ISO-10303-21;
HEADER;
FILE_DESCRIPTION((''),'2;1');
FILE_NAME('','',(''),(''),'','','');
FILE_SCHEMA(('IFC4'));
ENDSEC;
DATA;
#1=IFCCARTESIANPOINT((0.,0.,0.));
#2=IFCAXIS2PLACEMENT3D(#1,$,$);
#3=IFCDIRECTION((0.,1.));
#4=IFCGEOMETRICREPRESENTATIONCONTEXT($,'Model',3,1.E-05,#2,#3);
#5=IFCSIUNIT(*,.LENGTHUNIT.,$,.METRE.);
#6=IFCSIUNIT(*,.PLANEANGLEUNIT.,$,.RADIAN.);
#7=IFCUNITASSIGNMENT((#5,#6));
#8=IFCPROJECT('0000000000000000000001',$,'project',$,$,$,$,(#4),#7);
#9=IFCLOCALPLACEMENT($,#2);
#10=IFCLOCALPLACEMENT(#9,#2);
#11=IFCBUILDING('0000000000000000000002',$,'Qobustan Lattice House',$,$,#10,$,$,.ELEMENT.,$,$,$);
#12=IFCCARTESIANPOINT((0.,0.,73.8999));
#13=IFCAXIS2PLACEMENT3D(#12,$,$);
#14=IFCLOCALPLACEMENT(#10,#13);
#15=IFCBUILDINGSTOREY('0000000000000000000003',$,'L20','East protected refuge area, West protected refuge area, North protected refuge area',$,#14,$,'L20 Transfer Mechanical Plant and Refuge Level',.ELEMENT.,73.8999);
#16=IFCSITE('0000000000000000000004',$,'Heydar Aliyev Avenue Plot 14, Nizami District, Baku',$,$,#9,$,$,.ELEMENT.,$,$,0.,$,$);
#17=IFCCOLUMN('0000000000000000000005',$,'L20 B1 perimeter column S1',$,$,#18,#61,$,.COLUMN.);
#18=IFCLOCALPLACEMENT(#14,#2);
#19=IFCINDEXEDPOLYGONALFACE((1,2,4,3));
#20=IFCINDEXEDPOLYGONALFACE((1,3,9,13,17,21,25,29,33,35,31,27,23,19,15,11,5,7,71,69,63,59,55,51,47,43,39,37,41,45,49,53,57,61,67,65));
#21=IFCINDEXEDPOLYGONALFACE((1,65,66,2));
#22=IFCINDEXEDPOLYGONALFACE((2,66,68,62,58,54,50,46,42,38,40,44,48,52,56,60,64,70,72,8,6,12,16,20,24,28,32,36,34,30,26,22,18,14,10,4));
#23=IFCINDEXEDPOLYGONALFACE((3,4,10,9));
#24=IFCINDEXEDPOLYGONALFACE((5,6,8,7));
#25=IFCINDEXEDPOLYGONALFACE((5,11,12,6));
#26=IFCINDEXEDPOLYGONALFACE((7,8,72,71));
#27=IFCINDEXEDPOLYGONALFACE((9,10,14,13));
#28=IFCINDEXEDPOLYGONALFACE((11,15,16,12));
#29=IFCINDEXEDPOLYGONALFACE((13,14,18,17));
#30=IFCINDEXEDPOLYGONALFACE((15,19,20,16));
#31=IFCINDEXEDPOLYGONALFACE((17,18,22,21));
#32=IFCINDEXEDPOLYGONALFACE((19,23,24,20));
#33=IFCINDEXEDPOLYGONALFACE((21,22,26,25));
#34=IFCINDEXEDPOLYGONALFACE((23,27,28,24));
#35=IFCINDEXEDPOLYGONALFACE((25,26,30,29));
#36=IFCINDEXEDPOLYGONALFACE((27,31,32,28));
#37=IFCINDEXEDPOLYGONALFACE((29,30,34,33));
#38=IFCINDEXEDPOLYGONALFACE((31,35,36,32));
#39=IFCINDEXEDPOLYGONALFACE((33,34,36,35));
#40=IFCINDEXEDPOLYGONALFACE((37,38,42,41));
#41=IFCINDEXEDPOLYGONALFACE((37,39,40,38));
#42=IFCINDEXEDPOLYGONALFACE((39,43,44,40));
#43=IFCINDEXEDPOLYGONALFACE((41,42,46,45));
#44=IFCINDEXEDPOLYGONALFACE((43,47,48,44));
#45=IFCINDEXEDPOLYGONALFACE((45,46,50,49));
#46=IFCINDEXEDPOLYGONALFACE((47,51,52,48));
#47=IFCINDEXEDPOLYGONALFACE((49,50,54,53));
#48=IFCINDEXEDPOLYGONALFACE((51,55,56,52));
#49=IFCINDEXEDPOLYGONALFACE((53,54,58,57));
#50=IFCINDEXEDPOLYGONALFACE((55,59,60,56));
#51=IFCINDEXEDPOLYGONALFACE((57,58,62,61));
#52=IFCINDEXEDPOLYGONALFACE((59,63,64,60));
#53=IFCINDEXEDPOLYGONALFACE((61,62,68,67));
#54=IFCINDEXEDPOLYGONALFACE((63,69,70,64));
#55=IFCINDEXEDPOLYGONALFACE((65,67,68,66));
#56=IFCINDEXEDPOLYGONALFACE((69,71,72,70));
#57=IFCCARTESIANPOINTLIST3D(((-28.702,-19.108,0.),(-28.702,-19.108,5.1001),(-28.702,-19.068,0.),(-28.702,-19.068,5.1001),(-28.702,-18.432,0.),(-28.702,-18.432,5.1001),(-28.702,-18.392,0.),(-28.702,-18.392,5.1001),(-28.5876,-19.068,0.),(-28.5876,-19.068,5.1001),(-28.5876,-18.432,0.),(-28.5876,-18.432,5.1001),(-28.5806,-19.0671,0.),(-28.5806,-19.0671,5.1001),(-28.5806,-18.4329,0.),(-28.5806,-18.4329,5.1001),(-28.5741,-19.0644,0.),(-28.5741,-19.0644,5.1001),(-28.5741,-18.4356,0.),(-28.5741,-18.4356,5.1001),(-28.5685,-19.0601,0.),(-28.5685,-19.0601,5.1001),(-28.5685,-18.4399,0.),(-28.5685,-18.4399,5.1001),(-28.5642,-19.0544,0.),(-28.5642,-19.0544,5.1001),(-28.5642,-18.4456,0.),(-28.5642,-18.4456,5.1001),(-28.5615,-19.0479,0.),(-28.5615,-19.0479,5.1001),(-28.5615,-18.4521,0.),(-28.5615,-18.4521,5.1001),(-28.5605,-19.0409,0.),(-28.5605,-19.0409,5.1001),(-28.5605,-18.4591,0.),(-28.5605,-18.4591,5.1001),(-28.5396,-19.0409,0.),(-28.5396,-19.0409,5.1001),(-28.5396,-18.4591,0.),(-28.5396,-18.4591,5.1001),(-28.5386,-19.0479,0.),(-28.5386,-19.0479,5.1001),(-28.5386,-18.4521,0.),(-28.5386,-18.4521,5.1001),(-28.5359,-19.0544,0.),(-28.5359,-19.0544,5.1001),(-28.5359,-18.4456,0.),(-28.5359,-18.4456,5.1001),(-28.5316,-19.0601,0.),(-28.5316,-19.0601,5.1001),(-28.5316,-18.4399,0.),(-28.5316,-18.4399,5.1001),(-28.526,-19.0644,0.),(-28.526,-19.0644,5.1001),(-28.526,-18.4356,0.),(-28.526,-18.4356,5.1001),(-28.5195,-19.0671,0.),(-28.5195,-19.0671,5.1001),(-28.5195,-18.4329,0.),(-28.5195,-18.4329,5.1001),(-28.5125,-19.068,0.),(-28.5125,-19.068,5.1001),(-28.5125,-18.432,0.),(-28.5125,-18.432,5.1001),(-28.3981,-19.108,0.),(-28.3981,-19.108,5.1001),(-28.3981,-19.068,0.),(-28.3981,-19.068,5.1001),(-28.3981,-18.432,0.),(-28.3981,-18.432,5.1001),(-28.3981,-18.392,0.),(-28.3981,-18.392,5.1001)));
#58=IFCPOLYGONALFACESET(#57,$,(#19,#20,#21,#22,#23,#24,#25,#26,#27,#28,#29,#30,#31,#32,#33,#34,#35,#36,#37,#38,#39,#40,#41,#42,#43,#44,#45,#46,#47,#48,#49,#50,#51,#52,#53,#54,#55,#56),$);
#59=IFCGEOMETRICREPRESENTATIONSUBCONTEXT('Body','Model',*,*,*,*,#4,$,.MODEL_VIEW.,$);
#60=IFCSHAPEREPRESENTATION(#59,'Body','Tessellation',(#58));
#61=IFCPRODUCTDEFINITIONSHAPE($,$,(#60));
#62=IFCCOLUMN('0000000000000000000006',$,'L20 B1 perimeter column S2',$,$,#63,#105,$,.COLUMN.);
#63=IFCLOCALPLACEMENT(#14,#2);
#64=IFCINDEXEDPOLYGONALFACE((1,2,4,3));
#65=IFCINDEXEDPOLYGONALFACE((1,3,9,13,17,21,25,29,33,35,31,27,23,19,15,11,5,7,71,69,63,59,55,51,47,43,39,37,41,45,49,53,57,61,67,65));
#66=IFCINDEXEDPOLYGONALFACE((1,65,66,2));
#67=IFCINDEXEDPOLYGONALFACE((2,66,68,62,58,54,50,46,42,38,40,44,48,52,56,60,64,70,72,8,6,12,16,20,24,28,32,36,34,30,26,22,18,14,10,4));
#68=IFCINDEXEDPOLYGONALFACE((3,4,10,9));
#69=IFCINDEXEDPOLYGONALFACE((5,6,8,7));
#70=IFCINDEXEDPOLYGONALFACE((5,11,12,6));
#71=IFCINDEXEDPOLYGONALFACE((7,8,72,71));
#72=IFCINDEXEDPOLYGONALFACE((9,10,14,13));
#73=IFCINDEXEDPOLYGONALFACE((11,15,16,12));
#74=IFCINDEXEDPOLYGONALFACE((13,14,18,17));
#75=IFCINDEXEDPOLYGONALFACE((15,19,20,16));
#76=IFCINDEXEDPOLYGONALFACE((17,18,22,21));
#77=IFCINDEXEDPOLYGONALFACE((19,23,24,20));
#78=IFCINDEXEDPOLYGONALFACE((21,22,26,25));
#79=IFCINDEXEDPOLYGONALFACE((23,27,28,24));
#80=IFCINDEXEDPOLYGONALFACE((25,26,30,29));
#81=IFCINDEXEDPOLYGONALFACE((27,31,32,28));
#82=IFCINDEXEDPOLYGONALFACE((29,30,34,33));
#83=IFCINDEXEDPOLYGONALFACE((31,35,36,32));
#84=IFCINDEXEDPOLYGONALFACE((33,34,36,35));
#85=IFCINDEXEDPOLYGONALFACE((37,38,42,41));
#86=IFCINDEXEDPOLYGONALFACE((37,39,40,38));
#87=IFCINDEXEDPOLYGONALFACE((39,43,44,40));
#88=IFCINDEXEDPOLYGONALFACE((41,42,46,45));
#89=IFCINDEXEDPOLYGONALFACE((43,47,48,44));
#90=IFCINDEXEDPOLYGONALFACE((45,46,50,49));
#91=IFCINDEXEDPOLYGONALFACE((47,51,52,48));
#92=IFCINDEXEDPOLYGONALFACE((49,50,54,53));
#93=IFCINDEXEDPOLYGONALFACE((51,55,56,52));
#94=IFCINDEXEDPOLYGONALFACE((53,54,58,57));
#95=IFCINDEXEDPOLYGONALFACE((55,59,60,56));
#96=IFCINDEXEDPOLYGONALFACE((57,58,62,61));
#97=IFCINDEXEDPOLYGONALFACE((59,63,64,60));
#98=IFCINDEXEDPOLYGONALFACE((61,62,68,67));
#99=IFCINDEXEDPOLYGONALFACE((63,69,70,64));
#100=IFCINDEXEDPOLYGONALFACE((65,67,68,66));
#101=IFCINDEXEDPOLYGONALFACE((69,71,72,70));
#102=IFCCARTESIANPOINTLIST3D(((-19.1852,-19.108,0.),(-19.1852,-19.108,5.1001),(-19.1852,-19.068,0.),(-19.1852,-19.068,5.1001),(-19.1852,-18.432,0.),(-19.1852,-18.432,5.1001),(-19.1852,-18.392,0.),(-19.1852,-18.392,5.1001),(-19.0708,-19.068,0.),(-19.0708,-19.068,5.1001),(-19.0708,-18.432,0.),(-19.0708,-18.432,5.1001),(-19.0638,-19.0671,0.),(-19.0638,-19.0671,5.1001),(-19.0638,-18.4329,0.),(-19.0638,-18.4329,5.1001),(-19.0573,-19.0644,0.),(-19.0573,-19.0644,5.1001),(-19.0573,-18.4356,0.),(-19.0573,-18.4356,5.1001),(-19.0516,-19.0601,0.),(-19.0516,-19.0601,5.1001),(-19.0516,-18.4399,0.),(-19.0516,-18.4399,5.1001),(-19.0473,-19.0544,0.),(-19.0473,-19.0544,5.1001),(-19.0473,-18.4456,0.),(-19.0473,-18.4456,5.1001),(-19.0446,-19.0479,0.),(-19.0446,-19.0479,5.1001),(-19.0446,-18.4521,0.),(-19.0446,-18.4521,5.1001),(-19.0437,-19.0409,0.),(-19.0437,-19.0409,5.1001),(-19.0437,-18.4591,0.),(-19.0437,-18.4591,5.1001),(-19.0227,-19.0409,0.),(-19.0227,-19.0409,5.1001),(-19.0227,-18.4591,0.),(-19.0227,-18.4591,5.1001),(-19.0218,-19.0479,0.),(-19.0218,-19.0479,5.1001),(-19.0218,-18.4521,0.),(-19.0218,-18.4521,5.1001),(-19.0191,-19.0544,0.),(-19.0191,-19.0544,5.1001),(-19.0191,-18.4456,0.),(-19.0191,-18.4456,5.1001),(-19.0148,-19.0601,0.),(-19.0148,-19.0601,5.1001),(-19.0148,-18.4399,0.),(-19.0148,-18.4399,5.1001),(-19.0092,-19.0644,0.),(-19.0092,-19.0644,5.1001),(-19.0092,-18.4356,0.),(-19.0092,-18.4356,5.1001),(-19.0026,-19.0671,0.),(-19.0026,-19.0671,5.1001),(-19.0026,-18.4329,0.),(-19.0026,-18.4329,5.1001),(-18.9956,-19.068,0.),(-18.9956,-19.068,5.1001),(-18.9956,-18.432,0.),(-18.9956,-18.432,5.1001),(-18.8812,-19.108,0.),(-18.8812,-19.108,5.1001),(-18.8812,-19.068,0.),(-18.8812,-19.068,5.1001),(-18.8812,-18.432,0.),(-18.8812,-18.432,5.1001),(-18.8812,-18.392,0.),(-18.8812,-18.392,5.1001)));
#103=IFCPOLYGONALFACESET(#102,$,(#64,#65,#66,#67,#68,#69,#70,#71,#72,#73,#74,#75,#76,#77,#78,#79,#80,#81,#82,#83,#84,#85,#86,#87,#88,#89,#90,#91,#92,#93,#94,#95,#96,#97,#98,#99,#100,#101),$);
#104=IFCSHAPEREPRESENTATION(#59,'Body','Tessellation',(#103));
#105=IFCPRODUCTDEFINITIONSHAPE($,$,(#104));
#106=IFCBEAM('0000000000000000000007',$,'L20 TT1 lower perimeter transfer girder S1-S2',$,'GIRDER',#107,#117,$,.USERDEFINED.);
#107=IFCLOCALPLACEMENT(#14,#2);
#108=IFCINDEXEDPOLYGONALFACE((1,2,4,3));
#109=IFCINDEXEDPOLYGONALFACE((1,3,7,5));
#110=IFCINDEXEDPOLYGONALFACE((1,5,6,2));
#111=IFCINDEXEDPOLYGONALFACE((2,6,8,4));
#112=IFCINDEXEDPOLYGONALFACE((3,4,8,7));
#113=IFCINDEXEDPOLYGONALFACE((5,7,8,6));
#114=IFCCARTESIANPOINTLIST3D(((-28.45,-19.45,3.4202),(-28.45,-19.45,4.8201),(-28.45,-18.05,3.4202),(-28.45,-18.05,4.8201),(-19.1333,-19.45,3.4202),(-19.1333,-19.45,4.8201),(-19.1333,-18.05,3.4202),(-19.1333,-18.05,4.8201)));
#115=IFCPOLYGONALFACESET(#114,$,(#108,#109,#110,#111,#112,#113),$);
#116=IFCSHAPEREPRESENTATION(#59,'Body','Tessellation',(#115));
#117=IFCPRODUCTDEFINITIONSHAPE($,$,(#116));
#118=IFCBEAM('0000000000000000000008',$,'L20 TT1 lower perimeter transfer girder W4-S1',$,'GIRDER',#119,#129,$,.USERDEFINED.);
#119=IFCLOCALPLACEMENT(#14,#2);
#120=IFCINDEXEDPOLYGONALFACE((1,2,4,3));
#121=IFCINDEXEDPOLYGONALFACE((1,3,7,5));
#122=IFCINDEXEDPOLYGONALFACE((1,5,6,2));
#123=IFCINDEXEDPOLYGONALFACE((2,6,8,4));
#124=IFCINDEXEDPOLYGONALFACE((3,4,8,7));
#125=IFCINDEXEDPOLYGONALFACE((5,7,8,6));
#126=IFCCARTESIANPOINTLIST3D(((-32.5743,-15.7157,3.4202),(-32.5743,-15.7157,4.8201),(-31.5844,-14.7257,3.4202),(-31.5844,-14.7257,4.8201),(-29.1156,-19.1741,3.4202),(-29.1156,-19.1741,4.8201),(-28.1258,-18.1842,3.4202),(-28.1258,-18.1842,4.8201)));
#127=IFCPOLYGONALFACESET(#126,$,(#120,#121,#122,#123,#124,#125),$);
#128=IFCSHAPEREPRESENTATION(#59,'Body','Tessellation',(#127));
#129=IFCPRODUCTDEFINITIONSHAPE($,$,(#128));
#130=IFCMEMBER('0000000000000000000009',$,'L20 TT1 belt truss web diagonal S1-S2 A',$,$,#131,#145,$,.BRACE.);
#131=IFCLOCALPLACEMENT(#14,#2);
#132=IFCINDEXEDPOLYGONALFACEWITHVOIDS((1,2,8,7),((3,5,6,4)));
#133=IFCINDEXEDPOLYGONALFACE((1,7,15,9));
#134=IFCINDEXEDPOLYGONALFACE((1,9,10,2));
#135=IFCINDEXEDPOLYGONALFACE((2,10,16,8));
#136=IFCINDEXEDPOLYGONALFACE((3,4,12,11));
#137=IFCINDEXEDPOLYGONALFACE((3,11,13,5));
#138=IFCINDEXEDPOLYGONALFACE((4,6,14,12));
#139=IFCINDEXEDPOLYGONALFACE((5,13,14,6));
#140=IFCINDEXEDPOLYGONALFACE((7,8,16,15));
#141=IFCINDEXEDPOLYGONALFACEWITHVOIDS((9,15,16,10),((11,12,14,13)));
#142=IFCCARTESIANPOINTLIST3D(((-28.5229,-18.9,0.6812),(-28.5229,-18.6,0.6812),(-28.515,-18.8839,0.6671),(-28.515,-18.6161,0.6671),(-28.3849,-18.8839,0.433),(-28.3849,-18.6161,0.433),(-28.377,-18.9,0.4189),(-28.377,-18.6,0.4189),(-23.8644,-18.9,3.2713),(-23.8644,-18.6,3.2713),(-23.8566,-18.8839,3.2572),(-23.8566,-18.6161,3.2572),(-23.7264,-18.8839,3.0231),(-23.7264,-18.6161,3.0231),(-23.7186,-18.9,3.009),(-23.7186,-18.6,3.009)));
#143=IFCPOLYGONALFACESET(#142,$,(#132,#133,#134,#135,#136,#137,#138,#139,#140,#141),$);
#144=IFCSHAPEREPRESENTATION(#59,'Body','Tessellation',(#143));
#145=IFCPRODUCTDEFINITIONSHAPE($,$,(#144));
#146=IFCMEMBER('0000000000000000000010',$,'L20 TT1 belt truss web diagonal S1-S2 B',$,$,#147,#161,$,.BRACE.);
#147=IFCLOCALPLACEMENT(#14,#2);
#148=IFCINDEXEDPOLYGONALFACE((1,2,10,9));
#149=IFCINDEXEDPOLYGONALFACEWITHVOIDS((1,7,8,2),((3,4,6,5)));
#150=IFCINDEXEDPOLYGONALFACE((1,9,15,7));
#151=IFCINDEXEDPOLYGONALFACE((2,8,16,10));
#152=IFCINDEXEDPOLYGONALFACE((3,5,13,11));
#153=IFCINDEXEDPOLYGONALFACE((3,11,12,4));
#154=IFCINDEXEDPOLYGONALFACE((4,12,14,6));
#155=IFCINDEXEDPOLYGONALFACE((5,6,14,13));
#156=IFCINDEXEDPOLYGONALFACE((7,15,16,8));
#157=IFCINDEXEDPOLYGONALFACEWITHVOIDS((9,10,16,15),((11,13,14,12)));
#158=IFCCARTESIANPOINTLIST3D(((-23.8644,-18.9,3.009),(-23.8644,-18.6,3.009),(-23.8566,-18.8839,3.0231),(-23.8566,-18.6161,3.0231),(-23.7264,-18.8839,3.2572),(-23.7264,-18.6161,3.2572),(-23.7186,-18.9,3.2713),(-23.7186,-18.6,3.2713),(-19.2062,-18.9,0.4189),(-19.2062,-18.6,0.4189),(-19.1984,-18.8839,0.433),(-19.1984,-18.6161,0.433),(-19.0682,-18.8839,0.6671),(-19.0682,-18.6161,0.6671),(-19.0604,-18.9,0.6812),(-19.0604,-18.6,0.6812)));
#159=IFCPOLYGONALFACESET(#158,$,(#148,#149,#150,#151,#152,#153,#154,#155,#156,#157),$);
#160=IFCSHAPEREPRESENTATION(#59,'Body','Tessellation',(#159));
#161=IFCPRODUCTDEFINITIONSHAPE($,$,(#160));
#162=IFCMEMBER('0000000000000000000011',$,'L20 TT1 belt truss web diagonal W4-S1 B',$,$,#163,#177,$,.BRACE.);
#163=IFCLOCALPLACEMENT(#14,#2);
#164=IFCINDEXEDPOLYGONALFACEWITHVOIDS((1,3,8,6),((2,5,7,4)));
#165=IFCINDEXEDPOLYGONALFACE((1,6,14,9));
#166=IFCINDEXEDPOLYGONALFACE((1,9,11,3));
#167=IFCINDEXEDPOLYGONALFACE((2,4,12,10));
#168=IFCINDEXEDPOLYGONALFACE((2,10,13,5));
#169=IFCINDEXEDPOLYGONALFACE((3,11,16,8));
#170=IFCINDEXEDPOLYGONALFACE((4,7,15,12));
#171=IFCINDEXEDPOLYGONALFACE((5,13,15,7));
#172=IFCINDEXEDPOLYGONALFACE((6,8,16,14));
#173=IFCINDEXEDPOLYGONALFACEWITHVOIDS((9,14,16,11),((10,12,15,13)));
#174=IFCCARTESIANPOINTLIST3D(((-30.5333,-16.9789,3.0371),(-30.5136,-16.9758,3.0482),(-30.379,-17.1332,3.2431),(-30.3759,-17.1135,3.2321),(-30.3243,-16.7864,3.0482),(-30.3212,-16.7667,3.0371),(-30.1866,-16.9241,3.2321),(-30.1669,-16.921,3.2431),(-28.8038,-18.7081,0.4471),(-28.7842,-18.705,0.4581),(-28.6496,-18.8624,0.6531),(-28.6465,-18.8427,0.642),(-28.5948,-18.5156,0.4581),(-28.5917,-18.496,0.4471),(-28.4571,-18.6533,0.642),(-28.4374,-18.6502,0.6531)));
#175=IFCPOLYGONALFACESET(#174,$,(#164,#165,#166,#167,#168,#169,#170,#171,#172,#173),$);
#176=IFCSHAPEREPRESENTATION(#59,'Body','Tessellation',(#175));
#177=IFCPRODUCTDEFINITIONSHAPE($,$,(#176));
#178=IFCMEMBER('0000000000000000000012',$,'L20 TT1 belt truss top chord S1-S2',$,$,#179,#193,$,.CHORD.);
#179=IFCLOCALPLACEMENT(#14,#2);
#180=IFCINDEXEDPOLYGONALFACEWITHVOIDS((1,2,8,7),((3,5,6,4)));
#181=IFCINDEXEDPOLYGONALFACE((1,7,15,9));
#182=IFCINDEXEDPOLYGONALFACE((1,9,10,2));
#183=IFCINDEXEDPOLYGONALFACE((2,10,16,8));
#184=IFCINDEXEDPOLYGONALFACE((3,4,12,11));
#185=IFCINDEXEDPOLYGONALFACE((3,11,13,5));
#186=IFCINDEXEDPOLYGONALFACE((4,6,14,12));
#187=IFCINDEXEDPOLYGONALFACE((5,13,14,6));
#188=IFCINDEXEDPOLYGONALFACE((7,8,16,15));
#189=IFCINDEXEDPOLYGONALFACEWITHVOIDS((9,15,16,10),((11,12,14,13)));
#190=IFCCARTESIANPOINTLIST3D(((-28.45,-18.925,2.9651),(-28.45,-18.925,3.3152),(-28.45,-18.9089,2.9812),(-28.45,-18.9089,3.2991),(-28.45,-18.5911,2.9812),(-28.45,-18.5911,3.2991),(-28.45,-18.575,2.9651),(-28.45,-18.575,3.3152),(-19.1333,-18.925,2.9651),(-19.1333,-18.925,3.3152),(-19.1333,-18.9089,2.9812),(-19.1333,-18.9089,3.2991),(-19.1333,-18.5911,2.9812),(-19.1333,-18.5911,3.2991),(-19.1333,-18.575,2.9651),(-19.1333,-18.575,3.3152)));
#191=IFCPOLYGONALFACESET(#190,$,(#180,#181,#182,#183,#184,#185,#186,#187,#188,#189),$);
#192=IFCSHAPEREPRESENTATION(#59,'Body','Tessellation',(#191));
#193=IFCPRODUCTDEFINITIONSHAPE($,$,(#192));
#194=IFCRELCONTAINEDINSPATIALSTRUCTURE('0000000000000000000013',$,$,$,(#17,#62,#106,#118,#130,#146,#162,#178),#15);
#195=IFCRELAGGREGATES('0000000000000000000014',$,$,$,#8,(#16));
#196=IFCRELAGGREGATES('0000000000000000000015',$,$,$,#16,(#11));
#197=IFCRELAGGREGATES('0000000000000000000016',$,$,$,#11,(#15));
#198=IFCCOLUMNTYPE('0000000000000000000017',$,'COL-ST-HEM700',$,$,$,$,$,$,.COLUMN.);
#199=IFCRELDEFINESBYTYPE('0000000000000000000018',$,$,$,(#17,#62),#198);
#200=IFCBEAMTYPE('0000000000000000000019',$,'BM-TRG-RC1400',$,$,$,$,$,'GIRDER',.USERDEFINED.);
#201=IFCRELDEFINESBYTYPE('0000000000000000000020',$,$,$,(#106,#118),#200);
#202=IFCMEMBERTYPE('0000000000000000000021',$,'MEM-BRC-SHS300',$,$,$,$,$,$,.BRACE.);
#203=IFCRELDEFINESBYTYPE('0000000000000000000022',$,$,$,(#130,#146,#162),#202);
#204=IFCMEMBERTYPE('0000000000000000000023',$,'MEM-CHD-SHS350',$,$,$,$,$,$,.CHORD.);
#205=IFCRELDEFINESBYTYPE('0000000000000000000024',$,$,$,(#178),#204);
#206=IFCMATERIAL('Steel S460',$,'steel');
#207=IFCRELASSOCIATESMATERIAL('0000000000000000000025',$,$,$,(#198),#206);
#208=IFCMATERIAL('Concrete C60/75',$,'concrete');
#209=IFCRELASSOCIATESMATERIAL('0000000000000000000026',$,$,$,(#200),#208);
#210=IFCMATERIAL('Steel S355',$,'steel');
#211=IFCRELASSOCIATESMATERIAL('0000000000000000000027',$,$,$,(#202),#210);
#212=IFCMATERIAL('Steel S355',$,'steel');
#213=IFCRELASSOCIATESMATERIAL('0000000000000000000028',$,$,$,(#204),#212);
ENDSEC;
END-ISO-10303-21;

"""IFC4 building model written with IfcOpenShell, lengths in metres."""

from ifc_helpers import new_model, si_unit, direction, frame, origin, origin_2d, place, context, subcontext, project, spatial, rectangle, hollow_rectangle, i_section, extrude, material, material_profile, profile_set, type_object, element, save


model = new_model("IFC4")

# Units and contexts
model_context = context("Model", 3, precision=1e-05, world=origin(), true_north=direction((0.0, 1.0)))
body_context = subcontext(model_context, "Body", "Model", "MODEL_VIEW")
ifc_project = project(units=[si_unit("LENGTHUNIT", "METRE"), si_unit("PLANEANGLEUNIT", "RADIAN")], contexts=[model_context])

# Site, building, storey
site_placement = place(None, origin())
site = spatial("IfcSite", under=ifc_project, at=site_placement, Name="Heydar Aliyev Avenue Plot 14, Nizami District, Baku", CompositionType="ELEMENT", RefElevation=0.0)
building_placement = place(site_placement, origin())
building = spatial("IfcBuilding", under=site, at=building_placement, Name="Qobustan Lattice House", CompositionType="ELEMENT")
storey_placement = place(building_placement, frame((0.0, 0.0, 73.8999)))
storey = spatial("IfcBuildingStorey", under=building, at=storey_placement, Name="L20", Description="East protected refuge area, West protected refuge area, North protected refuge area", LongName="L20 Transfer Mechanical Plant and Refuge Level", CompositionType="ELEMENT", Elevation=73.8999)

# Columns
ifc_material_1 = material(Name="Steel S460", Category="steel")
ifc_material_profile_1 = material_profile(ifc_material_1, i_section(OverallWidth=0.304, OverallDepth=0.7161, WebThickness=0.021, FlangeThickness=0.04, FilletRadius=0.0271, at=origin_2d()), Name="HEM700")
ifc_profile_set_1 = profile_set([ifc_material_profile_1], Name="Steel S460")
column_type = type_object("IfcColumnType", Name="COL-ST-HEM700", PredefinedType="COLUMN", material=ifc_profile_set_1)
for number, where, z_axis, x_axis, name in (
    (1, (-28.55, -18.75, 0.0), (0.0, 0.0, 1.0), (1.0, 0.0, 0.0), "L20 B1 perimeter column S1"),
    (2, (-19.0332, -18.75, 0.0), (0.0, 0.0, 1.0), (1.0, 0.0, 0.0), "L20 B1 perimeter column S2"),
):
    element("IfcColumn", number, at=place(storey_placement, frame(where, z_axis=z_axis, x_axis=x_axis)), inside=storey, type_object=column_type, Name=name, PredefinedType="COLUMN", context=body_context, shape_type="SweptSolid", body=[
        extrude(i_section(OverallWidth=0.304, OverallDepth=0.7161, WebThickness=0.021, FlangeThickness=0.04, FilletRadius=0.0271, at=origin_2d()), origin(), (0.0, 0.0, 1.0), 5.1001),
    ])

# Beams
ifc_material_2 = material(Name="Concrete C60/75", Category="concrete")
ifc_material_profile_2 = material_profile(ifc_material_2, rectangle(XDim=1.3999, YDim=1.3999, at=origin_2d()), Name="RC1400x1400")
ifc_profile_set_2 = profile_set([ifc_material_profile_2], Name="Concrete C60/75")
beam_type = type_object("IfcBeamType", Name="BM-TRG-RC1400", ElementType="GIRDER", PredefinedType="USERDEFINED", material=ifc_profile_set_2)
beam_1_placement = place(storey_placement, frame((-28.45, -18.75, 4.1201), z_axis=(1.0, 0.0, 0.0), x_axis=(0.0, 1.0, 0.0)))
element("IfcBeam", 3, at=beam_1_placement, inside=storey, type_object=beam_type, Name="L20 TT1 lower perimeter transfer girder S1-S2", ObjectType="GIRDER", PredefinedType="USERDEFINED", context=body_context, shape_type="SweptSolid", body=[
    extrude(rectangle(XDim=1.3999, YDim=1.3999, at=origin_2d()), origin(), (0.0, 0.0, 1.0), 9.3167),
])
beam_2_placement = place(storey_placement, frame((-32.0793, -15.2207, 4.1201), z_axis=(0.707132, -0.707082, 0.0), x_axis=(0.707082, 0.707132, 0.0)))
element("IfcBeam", 4, at=beam_2_placement, inside=storey, type_object=beam_type, Name="L20 TT1 lower perimeter transfer girder W4-S1", ObjectType="GIRDER", PredefinedType="USERDEFINED", context=body_context, shape_type="SweptSolid", body=[
    extrude(rectangle(XDim=1.3999, YDim=1.3999, at=origin_2d()), origin(), (0.0, 0.0, 1.0), 4.8911),
])

# Members
ifc_material_3 = material(Name="Steel S355", Category="steel")
ifc_material_profile_3 = material_profile(ifc_material_3, hollow_rectangle(XDim=0.3, YDim=0.3, WallThickness=0.0161, at=origin_2d()), Name="SHS300x300x16")
ifc_profile_set_3 = profile_set([ifc_material_profile_3], Name="Steel S355")
member_type_1 = type_object("IfcMemberType", Name="MEM-BRC-SHS300", PredefinedType="BRACE", material=ifc_profile_set_3)
member_1_placement = place(storey_placement, frame((-28.45, -18.75, 0.55), z_axis=(0.873993, 0.0, 0.485938), x_axis=(0.0, 1.0, 0.0)))
element("IfcMember", 5, at=member_1_placement, inside=storey, type_object=member_type_1, Name="L20 TT1 belt truss web diagonal S1-S2 A", PredefinedType="BRACE", context=body_context, shape_type="SweptSolid", body=[
    extrude(hollow_rectangle(XDim=0.3, YDim=0.3, WallThickness=0.0161, at=origin_2d()), origin(), (0.0, 0.0, 1.0), 5.3301),
])
member_2_placement = place(storey_placement, frame((-23.7915, -18.75, 3.1401), z_axis=(0.873982, 0.0, -0.485958), x_axis=(0.0, 1.0, 0.0)))
element("IfcMember", 6, at=member_2_placement, inside=storey, type_object=member_type_1, Name="L20 TT1 belt truss web diagonal S1-S2 B", PredefinedType="BRACE", context=body_context, shape_type="SweptSolid", body=[
    extrude(hollow_rectangle(XDim=0.3, YDim=0.3, WallThickness=0.0161, at=origin_2d()), origin(), (0.0, 0.0, 1.0), 5.3298),
])
member_3_placement = place(storey_placement, frame((-30.3501, -16.95, 3.1401), z_axis=(0.485498, -0.48543, -0.727083), x_axis=(0.707057, 0.707157, 0.0)))
element("IfcMember", 7, at=member_3_placement, inside=storey, type_object=member_type_1, Name="L20 TT1 belt truss web diagonal W4-S1 B", PredefinedType="BRACE", context=body_context, shape_type="SweptSolid", body=[
    extrude(hollow_rectangle(XDim=0.3, YDim=0.3, WallThickness=0.0161, at=origin_2d()), origin(), (0.0, 0.0, 1.0), 3.5623),
])
ifc_material_4 = material(Name="Steel S355", Category="steel")
ifc_material_profile_4 = material_profile(ifc_material_4, hollow_rectangle(XDim=0.3501, YDim=0.3501, WallThickness=0.0161, at=origin_2d()), Name="SHS350x350x16")
ifc_profile_set_4 = profile_set([ifc_material_profile_4], Name="Steel S355")
member_type_2 = type_object("IfcMemberType", Name="MEM-CHD-SHS350", PredefinedType="CHORD", material=ifc_profile_set_4)
member_4_placement = place(storey_placement, frame((-28.45, -18.75, 3.1401), z_axis=(1.0, 0.0, 0.0), x_axis=(0.0, 1.0, 0.0)))
element("IfcMember", 8, at=member_4_placement, inside=storey, type_object=member_type_2, Name="L20 TT1 belt truss top chord S1-S2", PredefinedType="CHORD", context=body_context, shape_type="SweptSolid", body=[
    extrude(hollow_rectangle(XDim=0.3501, YDim=0.3501, WallThickness=0.0161, at=origin_2d()), origin(), (0.0, 0.0, 1.0), 9.3167),
])

save(model, "model.ifc")
